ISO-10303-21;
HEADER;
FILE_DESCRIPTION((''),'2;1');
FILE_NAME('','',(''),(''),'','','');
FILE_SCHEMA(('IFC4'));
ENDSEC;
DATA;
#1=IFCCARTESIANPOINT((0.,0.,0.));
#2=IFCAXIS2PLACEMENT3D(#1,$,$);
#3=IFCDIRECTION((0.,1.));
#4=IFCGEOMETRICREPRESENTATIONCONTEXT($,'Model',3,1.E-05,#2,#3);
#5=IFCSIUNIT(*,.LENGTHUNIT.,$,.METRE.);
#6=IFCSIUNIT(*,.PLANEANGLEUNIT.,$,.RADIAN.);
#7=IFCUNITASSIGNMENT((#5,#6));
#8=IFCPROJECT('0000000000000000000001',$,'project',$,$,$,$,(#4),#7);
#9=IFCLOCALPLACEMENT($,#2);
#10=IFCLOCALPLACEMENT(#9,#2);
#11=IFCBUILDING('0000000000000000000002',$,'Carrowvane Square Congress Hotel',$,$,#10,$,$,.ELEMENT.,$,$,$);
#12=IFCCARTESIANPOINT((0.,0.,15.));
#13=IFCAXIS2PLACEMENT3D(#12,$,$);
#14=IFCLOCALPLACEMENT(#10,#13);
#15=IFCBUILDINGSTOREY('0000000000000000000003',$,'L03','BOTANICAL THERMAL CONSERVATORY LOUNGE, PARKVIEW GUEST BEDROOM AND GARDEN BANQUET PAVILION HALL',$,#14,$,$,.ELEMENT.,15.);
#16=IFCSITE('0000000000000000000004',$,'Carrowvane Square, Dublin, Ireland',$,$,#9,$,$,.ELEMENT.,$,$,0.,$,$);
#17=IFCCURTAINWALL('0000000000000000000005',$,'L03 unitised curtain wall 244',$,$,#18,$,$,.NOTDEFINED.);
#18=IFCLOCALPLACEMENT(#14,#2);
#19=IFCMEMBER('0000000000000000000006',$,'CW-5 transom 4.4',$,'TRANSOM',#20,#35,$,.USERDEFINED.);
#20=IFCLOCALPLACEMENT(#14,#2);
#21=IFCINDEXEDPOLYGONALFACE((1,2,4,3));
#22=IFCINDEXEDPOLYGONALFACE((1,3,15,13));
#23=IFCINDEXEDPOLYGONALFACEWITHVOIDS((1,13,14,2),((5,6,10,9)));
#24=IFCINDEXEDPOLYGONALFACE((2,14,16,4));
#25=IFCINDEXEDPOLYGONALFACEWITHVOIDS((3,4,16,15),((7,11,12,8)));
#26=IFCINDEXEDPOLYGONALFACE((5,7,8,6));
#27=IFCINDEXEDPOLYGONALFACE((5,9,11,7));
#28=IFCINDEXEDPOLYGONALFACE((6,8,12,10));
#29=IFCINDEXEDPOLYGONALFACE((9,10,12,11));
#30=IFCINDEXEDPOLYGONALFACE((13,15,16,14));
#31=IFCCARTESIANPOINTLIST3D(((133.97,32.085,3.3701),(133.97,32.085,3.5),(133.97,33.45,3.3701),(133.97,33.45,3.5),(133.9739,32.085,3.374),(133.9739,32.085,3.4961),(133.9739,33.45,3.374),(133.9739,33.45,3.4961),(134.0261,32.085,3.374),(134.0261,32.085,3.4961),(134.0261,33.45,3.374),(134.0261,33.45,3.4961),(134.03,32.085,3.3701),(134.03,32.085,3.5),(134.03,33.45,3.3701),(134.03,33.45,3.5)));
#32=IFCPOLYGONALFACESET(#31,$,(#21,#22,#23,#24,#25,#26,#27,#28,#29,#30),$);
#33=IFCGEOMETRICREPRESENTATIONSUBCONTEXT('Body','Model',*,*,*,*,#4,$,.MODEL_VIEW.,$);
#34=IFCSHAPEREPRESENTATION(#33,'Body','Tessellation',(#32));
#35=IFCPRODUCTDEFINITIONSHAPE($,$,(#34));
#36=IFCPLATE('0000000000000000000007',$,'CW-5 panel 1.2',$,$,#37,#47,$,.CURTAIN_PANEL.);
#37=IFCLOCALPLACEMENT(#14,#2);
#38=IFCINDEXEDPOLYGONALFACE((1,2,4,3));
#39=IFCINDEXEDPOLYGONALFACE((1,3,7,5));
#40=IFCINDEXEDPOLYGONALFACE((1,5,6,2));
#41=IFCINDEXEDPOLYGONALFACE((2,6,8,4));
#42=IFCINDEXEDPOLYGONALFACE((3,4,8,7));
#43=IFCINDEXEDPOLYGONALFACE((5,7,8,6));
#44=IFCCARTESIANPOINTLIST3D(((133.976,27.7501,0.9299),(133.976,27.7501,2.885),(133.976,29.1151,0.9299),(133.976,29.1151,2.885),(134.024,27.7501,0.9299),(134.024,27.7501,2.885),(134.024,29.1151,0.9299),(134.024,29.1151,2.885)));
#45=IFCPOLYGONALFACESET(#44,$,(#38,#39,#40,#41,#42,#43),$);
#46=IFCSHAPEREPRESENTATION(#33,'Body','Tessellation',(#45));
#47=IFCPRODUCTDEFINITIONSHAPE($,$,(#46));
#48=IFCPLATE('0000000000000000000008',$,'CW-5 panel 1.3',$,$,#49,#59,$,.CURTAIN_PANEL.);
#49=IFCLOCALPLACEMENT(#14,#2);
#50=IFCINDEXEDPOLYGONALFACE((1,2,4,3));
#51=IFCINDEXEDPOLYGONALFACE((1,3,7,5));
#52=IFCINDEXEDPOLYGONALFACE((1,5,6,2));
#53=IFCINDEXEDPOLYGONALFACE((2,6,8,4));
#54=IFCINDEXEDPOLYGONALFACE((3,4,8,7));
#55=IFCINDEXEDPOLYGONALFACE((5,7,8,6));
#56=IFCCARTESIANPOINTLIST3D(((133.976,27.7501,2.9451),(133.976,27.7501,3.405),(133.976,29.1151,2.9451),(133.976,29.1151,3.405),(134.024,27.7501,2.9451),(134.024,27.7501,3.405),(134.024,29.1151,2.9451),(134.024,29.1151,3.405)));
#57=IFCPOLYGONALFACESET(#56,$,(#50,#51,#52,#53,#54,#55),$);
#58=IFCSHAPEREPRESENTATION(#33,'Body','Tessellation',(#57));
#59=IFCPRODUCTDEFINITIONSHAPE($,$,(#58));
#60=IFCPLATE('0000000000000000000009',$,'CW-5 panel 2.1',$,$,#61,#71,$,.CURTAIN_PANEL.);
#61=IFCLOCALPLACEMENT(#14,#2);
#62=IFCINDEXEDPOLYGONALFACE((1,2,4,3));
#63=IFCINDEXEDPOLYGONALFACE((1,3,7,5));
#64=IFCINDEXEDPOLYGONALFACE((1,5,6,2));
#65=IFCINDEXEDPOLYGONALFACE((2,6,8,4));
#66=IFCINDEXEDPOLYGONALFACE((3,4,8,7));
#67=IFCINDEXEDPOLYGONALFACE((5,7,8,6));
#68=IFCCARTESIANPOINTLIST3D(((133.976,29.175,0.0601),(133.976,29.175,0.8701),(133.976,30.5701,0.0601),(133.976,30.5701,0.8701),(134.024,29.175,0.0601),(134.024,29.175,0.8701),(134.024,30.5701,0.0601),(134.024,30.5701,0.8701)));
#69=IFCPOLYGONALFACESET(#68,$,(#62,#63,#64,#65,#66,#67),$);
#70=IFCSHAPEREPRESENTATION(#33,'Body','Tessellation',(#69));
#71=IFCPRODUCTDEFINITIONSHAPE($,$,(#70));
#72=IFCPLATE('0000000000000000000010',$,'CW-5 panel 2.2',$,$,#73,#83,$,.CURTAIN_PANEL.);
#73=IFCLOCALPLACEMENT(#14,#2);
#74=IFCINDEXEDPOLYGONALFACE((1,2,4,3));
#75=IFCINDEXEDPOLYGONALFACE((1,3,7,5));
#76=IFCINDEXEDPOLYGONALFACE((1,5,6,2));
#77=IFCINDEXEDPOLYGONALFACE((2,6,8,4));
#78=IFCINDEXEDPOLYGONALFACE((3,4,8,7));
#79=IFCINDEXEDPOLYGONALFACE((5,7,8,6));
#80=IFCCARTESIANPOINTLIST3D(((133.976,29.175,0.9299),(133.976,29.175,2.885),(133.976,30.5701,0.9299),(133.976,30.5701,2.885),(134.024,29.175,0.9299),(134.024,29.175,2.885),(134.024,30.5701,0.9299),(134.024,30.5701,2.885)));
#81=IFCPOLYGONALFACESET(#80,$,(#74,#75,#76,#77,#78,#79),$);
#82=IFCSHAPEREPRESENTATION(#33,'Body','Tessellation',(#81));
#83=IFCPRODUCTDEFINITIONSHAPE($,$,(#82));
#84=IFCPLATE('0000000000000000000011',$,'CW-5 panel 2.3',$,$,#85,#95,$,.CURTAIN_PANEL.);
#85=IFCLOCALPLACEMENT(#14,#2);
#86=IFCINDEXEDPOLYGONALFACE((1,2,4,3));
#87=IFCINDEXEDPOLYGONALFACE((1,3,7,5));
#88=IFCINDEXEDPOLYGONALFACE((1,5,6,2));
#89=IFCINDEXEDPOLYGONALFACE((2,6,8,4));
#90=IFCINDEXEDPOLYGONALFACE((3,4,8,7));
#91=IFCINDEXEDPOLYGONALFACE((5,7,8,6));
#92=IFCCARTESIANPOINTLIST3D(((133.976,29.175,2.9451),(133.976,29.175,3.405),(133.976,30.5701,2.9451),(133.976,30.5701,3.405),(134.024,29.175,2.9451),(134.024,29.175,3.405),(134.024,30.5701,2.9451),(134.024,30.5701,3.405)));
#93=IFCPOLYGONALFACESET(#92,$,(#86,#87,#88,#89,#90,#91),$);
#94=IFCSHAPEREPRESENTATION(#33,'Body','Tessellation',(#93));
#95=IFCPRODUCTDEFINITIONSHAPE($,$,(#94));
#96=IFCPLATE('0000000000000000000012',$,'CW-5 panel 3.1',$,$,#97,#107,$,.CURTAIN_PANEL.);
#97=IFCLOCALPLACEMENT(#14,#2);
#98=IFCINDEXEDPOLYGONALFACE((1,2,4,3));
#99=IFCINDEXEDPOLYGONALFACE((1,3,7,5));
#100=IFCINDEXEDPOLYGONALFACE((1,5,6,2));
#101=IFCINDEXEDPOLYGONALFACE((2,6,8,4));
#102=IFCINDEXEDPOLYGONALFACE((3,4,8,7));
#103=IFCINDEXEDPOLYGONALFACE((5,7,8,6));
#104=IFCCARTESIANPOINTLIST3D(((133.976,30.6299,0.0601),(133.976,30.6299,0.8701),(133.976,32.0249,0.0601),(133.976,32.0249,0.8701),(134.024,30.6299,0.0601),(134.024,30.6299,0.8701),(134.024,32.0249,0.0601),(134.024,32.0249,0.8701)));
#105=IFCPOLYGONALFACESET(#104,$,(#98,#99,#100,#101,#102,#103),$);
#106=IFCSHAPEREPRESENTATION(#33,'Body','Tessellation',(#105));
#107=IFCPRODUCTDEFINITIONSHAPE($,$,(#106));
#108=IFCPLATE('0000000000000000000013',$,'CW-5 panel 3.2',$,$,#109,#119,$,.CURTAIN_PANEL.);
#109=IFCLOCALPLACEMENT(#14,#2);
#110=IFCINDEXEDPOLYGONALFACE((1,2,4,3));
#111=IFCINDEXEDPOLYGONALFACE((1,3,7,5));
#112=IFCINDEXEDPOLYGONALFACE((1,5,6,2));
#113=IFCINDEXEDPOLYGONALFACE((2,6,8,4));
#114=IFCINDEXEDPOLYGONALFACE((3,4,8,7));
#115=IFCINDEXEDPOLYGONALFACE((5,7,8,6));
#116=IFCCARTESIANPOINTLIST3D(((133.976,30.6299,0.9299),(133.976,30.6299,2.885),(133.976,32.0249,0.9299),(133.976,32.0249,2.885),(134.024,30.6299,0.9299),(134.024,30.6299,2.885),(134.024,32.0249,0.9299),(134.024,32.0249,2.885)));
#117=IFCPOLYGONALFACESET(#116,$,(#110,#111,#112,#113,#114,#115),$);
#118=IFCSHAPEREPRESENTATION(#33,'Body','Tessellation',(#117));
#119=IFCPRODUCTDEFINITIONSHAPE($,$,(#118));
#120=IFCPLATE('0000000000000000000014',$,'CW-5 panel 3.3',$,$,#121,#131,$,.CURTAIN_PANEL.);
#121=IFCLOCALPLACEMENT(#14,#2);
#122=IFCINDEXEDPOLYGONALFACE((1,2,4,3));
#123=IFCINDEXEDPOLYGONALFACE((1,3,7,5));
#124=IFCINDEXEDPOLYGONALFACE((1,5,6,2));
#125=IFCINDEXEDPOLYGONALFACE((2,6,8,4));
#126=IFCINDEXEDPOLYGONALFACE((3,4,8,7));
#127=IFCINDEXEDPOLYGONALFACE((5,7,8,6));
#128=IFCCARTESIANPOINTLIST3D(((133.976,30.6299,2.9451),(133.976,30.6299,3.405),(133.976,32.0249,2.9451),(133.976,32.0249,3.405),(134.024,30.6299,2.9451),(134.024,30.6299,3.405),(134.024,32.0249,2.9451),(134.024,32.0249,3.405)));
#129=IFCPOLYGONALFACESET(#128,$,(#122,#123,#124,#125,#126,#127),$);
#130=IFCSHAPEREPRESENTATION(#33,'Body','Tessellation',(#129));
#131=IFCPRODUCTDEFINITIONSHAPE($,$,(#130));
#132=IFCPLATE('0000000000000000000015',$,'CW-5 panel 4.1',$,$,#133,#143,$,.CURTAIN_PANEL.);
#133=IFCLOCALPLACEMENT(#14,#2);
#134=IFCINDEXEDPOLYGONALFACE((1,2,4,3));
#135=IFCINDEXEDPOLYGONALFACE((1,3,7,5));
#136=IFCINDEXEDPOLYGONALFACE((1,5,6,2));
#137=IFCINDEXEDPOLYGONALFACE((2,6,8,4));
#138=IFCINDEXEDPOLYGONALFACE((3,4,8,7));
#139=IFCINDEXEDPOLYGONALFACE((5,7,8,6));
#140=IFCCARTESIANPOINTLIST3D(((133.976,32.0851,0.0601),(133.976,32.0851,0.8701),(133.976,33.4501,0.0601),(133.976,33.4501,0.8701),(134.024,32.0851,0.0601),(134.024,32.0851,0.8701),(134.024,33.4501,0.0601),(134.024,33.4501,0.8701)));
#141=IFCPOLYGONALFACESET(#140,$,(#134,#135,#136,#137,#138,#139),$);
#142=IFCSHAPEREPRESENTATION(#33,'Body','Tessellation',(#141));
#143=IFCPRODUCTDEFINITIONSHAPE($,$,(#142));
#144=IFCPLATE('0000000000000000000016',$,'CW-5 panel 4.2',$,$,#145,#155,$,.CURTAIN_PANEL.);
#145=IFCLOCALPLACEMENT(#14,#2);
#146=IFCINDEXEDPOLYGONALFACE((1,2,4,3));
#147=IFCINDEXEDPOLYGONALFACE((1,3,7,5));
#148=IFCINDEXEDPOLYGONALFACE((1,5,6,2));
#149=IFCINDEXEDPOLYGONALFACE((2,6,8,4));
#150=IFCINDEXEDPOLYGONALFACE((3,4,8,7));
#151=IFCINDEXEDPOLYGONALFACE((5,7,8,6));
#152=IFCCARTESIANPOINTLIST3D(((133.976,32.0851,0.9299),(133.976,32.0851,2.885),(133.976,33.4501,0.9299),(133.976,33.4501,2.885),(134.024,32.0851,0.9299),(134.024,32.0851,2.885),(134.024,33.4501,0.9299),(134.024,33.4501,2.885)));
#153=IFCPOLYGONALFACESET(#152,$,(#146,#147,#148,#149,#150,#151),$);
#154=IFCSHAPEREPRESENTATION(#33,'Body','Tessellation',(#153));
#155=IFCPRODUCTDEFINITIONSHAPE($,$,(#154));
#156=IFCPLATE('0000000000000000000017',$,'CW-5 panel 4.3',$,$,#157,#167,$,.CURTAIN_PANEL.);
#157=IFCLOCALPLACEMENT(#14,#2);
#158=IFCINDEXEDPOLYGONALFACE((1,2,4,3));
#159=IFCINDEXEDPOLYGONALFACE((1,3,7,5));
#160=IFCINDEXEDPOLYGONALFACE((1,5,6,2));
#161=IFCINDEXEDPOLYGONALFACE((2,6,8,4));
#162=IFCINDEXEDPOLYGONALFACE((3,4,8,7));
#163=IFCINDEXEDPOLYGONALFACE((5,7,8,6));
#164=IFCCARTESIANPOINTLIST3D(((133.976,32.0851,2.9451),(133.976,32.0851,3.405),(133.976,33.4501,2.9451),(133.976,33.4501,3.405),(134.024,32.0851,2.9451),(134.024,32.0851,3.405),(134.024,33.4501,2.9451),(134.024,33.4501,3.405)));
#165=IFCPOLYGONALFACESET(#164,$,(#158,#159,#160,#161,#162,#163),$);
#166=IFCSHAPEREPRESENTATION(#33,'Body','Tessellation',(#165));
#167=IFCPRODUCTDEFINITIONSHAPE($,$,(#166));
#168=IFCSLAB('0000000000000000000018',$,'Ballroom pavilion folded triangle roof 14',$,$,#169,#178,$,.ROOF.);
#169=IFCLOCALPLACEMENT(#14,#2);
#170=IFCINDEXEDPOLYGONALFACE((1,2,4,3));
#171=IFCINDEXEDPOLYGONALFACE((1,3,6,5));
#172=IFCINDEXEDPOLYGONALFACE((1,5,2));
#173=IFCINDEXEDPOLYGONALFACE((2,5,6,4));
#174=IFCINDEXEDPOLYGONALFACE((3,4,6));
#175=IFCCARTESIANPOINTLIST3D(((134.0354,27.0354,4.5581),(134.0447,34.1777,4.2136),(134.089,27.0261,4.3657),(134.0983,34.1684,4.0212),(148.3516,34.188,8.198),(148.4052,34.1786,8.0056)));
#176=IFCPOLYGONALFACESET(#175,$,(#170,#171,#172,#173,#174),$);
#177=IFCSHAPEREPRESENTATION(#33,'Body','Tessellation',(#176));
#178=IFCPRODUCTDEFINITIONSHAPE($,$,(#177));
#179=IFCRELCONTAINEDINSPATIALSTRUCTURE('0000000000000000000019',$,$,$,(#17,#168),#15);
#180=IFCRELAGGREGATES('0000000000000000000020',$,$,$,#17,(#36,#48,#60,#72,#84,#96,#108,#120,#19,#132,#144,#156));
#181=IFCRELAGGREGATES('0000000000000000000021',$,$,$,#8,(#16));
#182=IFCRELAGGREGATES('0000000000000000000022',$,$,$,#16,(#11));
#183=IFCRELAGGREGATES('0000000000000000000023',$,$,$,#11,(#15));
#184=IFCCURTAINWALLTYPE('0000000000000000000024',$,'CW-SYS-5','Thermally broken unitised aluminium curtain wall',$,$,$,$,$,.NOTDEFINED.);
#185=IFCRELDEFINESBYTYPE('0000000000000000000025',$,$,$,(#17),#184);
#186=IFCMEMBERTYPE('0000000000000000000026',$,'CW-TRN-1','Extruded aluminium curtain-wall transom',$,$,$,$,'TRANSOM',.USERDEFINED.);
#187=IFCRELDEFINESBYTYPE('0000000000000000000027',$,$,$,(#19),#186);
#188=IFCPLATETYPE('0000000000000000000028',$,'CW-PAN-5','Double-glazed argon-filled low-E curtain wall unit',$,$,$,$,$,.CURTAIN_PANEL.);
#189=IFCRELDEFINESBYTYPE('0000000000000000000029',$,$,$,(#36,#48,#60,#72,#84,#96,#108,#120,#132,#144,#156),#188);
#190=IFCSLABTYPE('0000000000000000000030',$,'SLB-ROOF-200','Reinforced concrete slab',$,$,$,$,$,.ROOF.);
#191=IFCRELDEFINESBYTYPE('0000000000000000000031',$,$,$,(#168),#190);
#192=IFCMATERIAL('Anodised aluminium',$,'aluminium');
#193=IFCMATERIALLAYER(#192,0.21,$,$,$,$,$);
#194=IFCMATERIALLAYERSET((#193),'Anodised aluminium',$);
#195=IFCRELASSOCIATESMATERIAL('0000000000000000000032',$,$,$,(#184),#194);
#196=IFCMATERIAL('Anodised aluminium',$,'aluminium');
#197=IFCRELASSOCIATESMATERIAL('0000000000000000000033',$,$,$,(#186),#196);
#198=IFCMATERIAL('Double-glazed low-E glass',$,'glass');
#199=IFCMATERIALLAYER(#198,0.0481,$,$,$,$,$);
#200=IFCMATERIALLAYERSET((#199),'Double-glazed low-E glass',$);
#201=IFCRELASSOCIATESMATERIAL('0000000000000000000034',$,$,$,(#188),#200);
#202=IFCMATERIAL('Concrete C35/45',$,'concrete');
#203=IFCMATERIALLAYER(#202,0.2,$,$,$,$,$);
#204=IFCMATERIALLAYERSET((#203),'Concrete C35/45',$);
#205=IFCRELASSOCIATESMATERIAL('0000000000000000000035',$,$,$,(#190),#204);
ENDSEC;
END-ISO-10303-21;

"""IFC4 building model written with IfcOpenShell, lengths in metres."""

from ifc_helpers import new_model, si_unit, direction, frame, origin, origin_2d, place, context, subcontext, project, spatial, polyline, rectangle, hollow_rectangle, outline, extrude, material, layer, layer_set, material_profile, profile_set, type_object, element, aggregate, save


model = new_model("IFC4")

# Units and contexts
model_context = context("Model", 3, precision=1e-05, world=origin(), true_north=direction((0.0, 1.0)))
body_context = subcontext(model_context, "Body", "Model", "MODEL_VIEW")
ifc_project = project(units=[si_unit("LENGTHUNIT", "METRE"), si_unit("PLANEANGLEUNIT", "RADIAN")], contexts=[model_context])

# Site, building, storey
site_placement = place(None, origin())
site = spatial("IfcSite", under=ifc_project, at=site_placement, Name="Carrowvane Square, Dublin, Ireland", CompositionType="ELEMENT", RefElevation=0.0)
building_placement = place(site_placement, origin())
building = spatial("IfcBuilding", under=site, at=building_placement, Name="Carrowvane Square Congress Hotel", CompositionType="ELEMENT")
storey_placement = place(building_placement, frame((0.0, 0.0, 15.0)))
storey = spatial("IfcBuildingStorey", under=building, at=storey_placement, Name="L03", Description="BOTANICAL THERMAL CONSERVATORY LOUNGE, PARKVIEW GUEST BEDROOM AND GARDEN BANQUET PAVILION HALL", CompositionType="ELEMENT", Elevation=15.0)

# Curtain wall, member, plates
ifc_material_1 = material(Name="Anodised aluminium", Category="aluminium")
ifc_layer_1 = layer(ifc_material_1, 0.21)
ifc_layer_set_1 = layer_set([ifc_layer_1], Name="Anodised aluminium")
curtain_wall_type = type_object("IfcCurtainWallType", Name="CW-SYS-5", Description="Thermally broken unitised aluminium curtain wall", PredefinedType="NOTDEFINED", material=ifc_layer_set_1)
curtain_wall_placement = place(storey_placement, origin())
curtain_wall = element("IfcCurtainWall", 1, at=curtain_wall_placement, inside=storey, type_object=curtain_wall_type, Name="L03 unitised curtain wall 244", PredefinedType="NOTDEFINED")
ifc_material_2 = material(Name="Anodised aluminium", Category="aluminium")
ifc_material_profile = material_profile(ifc_material_2, hollow_rectangle(XDim=0.0601, YDim=0.1299, WallThickness=0.0039, at=origin_2d()), Name="CW-TR 60x130x4")
ifc_profile_set = profile_set([ifc_material_profile], Name="Anodised aluminium")
member_type = type_object("IfcMemberType", Name="CW-TRN-1", Description="Extruded aluminium curtain-wall transom", ElementType="TRANSOM", PredefinedType="USERDEFINED", material=ifc_profile_set)
member_1_placement = place(storey_placement, frame((134.0, 32.085, 3.4351), z_axis=(0.0, 1.0, 0.0), x_axis=(-1.0, 0.0, 0.0)))
member_1 = element("IfcMember", 2, at=member_1_placement, type_object=member_type, Name="CW-5 transom 4.4", ObjectType="TRANSOM", PredefinedType="USERDEFINED", context=body_context, shape_type="SweptSolid", body=[
    extrude(hollow_rectangle(XDim=0.0601, YDim=0.1299, WallThickness=0.0039, at=origin_2d()), origin(), (0.0, 0.0, 1.0), 1.365),
])
ifc_material_3 = material(Name="Double-glazed low-E glass", Category="glass")
ifc_layer_2 = layer(ifc_material_3, 0.0481)
ifc_layer_set_2 = layer_set([ifc_layer_2], Name="Double-glazed low-E glass")
plate_type = type_object("IfcPlateType", Name="CW-PAN-5", Description="Double-glazed argon-filled low-E curtain wall unit", PredefinedType="CURTAIN_PANEL", material=ifc_layer_set_2)
plate_1_placement = place(storey_placement, frame((134.0, 28.4326, 0.9299), z_axis=(0.0, 0.0, 1.0), x_axis=(0.0, 1.0, 0.0)))
plate_1 = element("IfcPlate", 3, at=plate_1_placement, type_object=plate_type, Name="CW-5 panel 1.2", PredefinedType="CURTAIN_PANEL", context=body_context, shape_type="SweptSolid", body=[
    extrude(rectangle(XDim=1.365, YDim=0.0481, at=origin_2d()), origin(), (0.0, 0.0, 1.0), 1.9551),
])
plate_2_placement = place(storey_placement, frame((134.0, 28.4326, 2.9451), z_axis=(0.0, 0.0, 1.0), x_axis=(0.0, 1.0, 0.0)))
plate_2 = element("IfcPlate", 4, at=plate_2_placement, type_object=plate_type, Name="CW-5 panel 1.3", PredefinedType="CURTAIN_PANEL", context=body_context, shape_type="SweptSolid", body=[
    extrude(rectangle(XDim=1.365, YDim=0.0481, at=origin_2d()), origin(), (0.0, 0.0, 1.0), 0.46),
])
plate_3_placement = place(storey_placement, frame((134.0, 29.8726, 0.0601), z_axis=(0.0, 0.0, 1.0), x_axis=(0.0, 1.0, 0.0)))
plate_3 = element("IfcPlate", 5, at=plate_3_placement, type_object=plate_type, Name="CW-5 panel 2.1", PredefinedType="CURTAIN_PANEL", context=body_context, shape_type="SweptSolid", body=[
    extrude(rectangle(XDim=1.395, YDim=0.0481, at=origin_2d()), origin(), (0.0, 0.0, 1.0), 0.8101),
])
plate_4_placement = place(storey_placement, frame((134.0, 29.8726, 0.9299), z_axis=(0.0, 0.0, 1.0), x_axis=(0.0, 1.0, 0.0)))
plate_4 = element("IfcPlate", 6, at=plate_4_placement, type_object=plate_type, Name="CW-5 panel 2.2", PredefinedType="CURTAIN_PANEL", context=body_context, shape_type="SweptSolid", body=[
    extrude(rectangle(XDim=1.395, YDim=0.0481, at=origin_2d()), origin(), (0.0, 0.0, 1.0), 1.9551),
])
plate_5_placement = place(storey_placement, frame((134.0, 29.8726, 2.9451), z_axis=(0.0, 0.0, 1.0), x_axis=(0.0, 1.0, 0.0)))
plate_5 = element("IfcPlate", 7, at=plate_5_placement, type_object=plate_type, Name="CW-5 panel 2.3", PredefinedType="CURTAIN_PANEL", context=body_context, shape_type="SweptSolid", body=[
    extrude(rectangle(XDim=1.395, YDim=0.0481, at=origin_2d()), origin(), (0.0, 0.0, 1.0), 0.46),
])
plate_6_placement = place(storey_placement, frame((134.0, 31.3274, 0.0601), z_axis=(0.0, 0.0, 1.0), x_axis=(0.0, 1.0, 0.0)))
plate_6 = element("IfcPlate", 8, at=plate_6_placement, type_object=plate_type, Name="CW-5 panel 3.1", PredefinedType="CURTAIN_PANEL", context=body_context, shape_type="SweptSolid", body=[
    extrude(rectangle(XDim=1.395, YDim=0.0481, at=origin_2d()), origin(), (0.0, 0.0, 1.0), 0.8101),
])
plate_7_placement = place(storey_placement, frame((134.0, 31.3274, 0.9299), z_axis=(0.0, 0.0, 1.0), x_axis=(0.0, 1.0, 0.0)))
plate_7 = element("IfcPlate", 9, at=plate_7_placement, type_object=plate_type, Name="CW-5 panel 3.2", PredefinedType="CURTAIN_PANEL", context=body_context, shape_type="SweptSolid", body=[
    extrude(rectangle(XDim=1.395, YDim=0.0481, at=origin_2d()), origin(), (0.0, 0.0, 1.0), 1.9551),
])
plate_8_placement = place(storey_placement, frame((134.0, 31.3274, 2.9451), z_axis=(0.0, 0.0, 1.0), x_axis=(0.0, 1.0, 0.0)))
plate_8 = element("IfcPlate", 10, at=plate_8_placement, type_object=plate_type, Name="CW-5 panel 3.3", PredefinedType="CURTAIN_PANEL", context=body_context, shape_type="SweptSolid", body=[
    extrude(rectangle(XDim=1.395, YDim=0.0481, at=origin_2d()), origin(), (0.0, 0.0, 1.0), 0.46),
])
plate_9_placement = place(storey_placement, frame((134.0, 32.7676, 0.0601), z_axis=(0.0, 0.0, 1.0), x_axis=(0.0, 1.0, 0.0)))
plate_9 = element("IfcPlate", 11, at=plate_9_placement, type_object=plate_type, Name="CW-5 panel 4.1", PredefinedType="CURTAIN_PANEL", context=body_context, shape_type="SweptSolid", body=[
    extrude(rectangle(XDim=1.365, YDim=0.0481, at=origin_2d()), origin(), (0.0, 0.0, 1.0), 0.8101),
])
plate_10_placement = place(storey_placement, frame((134.0, 32.7676, 0.9299), z_axis=(0.0, 0.0, 1.0), x_axis=(0.0, 1.0, 0.0)))
plate_10 = element("IfcPlate", 12, at=plate_10_placement, type_object=plate_type, Name="CW-5 panel 4.2", PredefinedType="CURTAIN_PANEL", context=body_context, shape_type="SweptSolid", body=[
    extrude(rectangle(XDim=1.365, YDim=0.0481, at=origin_2d()), origin(), (0.0, 0.0, 1.0), 1.9551),
])
plate_11_placement = place(storey_placement, frame((134.0, 32.7676, 2.9451), z_axis=(0.0, 0.0, 1.0), x_axis=(0.0, 1.0, 0.0)))
plate_11 = element("IfcPlate", 13, at=plate_11_placement, type_object=plate_type, Name="CW-5 panel 4.3", PredefinedType="CURTAIN_PANEL", context=body_context, shape_type="SweptSolid", body=[
    extrude(rectangle(XDim=1.365, YDim=0.0481, at=origin_2d()), origin(), (0.0, 0.0, 1.0), 0.46),
])
aggregate(curtain_wall, [plate_1, plate_2, plate_3, plate_4, plate_5, plate_6, plate_7, plate_8, member_1, plate_9, plate_10, plate_11])

# Slab
ifc_material_4 = material(Name="Concrete C35/45", Category="concrete")
ifc_layer_3 = layer(ifc_material_4, 0.2)
ifc_layer_set_3 = layer_set([ifc_layer_3], Name="Concrete C35/45")
slab_type = type_object("IfcSlabType", Name="SLB-ROOF-200", Description="Reinforced concrete slab", PredefinedType="ROOF", material=ifc_layer_set_3)
slab_placement = place(storey_placement, frame((134.0354, 27.0354, 4.5581), z_axis=(-0.268022, 0.04676, 0.962277), x_axis=(0.872287, 0.435809, 0.221779)))
element("IfcSlab", 14, at=slab_placement, inside=storey, type_object=slab_type, Name="Ballroom pavilion folded triangle roof 14", PredefinedType="ROOF", context=body_context, shape_type="SweptSolid", body=[
    extrude(outline(polyline([(0.0, 0.0), (16.4122, 0.0), (3.0444, 6.4702), (0.0, 0.0)])), origin(), (0.0, 0.0, -1.0), 0.2),
])

save(model, "model.ifc")
